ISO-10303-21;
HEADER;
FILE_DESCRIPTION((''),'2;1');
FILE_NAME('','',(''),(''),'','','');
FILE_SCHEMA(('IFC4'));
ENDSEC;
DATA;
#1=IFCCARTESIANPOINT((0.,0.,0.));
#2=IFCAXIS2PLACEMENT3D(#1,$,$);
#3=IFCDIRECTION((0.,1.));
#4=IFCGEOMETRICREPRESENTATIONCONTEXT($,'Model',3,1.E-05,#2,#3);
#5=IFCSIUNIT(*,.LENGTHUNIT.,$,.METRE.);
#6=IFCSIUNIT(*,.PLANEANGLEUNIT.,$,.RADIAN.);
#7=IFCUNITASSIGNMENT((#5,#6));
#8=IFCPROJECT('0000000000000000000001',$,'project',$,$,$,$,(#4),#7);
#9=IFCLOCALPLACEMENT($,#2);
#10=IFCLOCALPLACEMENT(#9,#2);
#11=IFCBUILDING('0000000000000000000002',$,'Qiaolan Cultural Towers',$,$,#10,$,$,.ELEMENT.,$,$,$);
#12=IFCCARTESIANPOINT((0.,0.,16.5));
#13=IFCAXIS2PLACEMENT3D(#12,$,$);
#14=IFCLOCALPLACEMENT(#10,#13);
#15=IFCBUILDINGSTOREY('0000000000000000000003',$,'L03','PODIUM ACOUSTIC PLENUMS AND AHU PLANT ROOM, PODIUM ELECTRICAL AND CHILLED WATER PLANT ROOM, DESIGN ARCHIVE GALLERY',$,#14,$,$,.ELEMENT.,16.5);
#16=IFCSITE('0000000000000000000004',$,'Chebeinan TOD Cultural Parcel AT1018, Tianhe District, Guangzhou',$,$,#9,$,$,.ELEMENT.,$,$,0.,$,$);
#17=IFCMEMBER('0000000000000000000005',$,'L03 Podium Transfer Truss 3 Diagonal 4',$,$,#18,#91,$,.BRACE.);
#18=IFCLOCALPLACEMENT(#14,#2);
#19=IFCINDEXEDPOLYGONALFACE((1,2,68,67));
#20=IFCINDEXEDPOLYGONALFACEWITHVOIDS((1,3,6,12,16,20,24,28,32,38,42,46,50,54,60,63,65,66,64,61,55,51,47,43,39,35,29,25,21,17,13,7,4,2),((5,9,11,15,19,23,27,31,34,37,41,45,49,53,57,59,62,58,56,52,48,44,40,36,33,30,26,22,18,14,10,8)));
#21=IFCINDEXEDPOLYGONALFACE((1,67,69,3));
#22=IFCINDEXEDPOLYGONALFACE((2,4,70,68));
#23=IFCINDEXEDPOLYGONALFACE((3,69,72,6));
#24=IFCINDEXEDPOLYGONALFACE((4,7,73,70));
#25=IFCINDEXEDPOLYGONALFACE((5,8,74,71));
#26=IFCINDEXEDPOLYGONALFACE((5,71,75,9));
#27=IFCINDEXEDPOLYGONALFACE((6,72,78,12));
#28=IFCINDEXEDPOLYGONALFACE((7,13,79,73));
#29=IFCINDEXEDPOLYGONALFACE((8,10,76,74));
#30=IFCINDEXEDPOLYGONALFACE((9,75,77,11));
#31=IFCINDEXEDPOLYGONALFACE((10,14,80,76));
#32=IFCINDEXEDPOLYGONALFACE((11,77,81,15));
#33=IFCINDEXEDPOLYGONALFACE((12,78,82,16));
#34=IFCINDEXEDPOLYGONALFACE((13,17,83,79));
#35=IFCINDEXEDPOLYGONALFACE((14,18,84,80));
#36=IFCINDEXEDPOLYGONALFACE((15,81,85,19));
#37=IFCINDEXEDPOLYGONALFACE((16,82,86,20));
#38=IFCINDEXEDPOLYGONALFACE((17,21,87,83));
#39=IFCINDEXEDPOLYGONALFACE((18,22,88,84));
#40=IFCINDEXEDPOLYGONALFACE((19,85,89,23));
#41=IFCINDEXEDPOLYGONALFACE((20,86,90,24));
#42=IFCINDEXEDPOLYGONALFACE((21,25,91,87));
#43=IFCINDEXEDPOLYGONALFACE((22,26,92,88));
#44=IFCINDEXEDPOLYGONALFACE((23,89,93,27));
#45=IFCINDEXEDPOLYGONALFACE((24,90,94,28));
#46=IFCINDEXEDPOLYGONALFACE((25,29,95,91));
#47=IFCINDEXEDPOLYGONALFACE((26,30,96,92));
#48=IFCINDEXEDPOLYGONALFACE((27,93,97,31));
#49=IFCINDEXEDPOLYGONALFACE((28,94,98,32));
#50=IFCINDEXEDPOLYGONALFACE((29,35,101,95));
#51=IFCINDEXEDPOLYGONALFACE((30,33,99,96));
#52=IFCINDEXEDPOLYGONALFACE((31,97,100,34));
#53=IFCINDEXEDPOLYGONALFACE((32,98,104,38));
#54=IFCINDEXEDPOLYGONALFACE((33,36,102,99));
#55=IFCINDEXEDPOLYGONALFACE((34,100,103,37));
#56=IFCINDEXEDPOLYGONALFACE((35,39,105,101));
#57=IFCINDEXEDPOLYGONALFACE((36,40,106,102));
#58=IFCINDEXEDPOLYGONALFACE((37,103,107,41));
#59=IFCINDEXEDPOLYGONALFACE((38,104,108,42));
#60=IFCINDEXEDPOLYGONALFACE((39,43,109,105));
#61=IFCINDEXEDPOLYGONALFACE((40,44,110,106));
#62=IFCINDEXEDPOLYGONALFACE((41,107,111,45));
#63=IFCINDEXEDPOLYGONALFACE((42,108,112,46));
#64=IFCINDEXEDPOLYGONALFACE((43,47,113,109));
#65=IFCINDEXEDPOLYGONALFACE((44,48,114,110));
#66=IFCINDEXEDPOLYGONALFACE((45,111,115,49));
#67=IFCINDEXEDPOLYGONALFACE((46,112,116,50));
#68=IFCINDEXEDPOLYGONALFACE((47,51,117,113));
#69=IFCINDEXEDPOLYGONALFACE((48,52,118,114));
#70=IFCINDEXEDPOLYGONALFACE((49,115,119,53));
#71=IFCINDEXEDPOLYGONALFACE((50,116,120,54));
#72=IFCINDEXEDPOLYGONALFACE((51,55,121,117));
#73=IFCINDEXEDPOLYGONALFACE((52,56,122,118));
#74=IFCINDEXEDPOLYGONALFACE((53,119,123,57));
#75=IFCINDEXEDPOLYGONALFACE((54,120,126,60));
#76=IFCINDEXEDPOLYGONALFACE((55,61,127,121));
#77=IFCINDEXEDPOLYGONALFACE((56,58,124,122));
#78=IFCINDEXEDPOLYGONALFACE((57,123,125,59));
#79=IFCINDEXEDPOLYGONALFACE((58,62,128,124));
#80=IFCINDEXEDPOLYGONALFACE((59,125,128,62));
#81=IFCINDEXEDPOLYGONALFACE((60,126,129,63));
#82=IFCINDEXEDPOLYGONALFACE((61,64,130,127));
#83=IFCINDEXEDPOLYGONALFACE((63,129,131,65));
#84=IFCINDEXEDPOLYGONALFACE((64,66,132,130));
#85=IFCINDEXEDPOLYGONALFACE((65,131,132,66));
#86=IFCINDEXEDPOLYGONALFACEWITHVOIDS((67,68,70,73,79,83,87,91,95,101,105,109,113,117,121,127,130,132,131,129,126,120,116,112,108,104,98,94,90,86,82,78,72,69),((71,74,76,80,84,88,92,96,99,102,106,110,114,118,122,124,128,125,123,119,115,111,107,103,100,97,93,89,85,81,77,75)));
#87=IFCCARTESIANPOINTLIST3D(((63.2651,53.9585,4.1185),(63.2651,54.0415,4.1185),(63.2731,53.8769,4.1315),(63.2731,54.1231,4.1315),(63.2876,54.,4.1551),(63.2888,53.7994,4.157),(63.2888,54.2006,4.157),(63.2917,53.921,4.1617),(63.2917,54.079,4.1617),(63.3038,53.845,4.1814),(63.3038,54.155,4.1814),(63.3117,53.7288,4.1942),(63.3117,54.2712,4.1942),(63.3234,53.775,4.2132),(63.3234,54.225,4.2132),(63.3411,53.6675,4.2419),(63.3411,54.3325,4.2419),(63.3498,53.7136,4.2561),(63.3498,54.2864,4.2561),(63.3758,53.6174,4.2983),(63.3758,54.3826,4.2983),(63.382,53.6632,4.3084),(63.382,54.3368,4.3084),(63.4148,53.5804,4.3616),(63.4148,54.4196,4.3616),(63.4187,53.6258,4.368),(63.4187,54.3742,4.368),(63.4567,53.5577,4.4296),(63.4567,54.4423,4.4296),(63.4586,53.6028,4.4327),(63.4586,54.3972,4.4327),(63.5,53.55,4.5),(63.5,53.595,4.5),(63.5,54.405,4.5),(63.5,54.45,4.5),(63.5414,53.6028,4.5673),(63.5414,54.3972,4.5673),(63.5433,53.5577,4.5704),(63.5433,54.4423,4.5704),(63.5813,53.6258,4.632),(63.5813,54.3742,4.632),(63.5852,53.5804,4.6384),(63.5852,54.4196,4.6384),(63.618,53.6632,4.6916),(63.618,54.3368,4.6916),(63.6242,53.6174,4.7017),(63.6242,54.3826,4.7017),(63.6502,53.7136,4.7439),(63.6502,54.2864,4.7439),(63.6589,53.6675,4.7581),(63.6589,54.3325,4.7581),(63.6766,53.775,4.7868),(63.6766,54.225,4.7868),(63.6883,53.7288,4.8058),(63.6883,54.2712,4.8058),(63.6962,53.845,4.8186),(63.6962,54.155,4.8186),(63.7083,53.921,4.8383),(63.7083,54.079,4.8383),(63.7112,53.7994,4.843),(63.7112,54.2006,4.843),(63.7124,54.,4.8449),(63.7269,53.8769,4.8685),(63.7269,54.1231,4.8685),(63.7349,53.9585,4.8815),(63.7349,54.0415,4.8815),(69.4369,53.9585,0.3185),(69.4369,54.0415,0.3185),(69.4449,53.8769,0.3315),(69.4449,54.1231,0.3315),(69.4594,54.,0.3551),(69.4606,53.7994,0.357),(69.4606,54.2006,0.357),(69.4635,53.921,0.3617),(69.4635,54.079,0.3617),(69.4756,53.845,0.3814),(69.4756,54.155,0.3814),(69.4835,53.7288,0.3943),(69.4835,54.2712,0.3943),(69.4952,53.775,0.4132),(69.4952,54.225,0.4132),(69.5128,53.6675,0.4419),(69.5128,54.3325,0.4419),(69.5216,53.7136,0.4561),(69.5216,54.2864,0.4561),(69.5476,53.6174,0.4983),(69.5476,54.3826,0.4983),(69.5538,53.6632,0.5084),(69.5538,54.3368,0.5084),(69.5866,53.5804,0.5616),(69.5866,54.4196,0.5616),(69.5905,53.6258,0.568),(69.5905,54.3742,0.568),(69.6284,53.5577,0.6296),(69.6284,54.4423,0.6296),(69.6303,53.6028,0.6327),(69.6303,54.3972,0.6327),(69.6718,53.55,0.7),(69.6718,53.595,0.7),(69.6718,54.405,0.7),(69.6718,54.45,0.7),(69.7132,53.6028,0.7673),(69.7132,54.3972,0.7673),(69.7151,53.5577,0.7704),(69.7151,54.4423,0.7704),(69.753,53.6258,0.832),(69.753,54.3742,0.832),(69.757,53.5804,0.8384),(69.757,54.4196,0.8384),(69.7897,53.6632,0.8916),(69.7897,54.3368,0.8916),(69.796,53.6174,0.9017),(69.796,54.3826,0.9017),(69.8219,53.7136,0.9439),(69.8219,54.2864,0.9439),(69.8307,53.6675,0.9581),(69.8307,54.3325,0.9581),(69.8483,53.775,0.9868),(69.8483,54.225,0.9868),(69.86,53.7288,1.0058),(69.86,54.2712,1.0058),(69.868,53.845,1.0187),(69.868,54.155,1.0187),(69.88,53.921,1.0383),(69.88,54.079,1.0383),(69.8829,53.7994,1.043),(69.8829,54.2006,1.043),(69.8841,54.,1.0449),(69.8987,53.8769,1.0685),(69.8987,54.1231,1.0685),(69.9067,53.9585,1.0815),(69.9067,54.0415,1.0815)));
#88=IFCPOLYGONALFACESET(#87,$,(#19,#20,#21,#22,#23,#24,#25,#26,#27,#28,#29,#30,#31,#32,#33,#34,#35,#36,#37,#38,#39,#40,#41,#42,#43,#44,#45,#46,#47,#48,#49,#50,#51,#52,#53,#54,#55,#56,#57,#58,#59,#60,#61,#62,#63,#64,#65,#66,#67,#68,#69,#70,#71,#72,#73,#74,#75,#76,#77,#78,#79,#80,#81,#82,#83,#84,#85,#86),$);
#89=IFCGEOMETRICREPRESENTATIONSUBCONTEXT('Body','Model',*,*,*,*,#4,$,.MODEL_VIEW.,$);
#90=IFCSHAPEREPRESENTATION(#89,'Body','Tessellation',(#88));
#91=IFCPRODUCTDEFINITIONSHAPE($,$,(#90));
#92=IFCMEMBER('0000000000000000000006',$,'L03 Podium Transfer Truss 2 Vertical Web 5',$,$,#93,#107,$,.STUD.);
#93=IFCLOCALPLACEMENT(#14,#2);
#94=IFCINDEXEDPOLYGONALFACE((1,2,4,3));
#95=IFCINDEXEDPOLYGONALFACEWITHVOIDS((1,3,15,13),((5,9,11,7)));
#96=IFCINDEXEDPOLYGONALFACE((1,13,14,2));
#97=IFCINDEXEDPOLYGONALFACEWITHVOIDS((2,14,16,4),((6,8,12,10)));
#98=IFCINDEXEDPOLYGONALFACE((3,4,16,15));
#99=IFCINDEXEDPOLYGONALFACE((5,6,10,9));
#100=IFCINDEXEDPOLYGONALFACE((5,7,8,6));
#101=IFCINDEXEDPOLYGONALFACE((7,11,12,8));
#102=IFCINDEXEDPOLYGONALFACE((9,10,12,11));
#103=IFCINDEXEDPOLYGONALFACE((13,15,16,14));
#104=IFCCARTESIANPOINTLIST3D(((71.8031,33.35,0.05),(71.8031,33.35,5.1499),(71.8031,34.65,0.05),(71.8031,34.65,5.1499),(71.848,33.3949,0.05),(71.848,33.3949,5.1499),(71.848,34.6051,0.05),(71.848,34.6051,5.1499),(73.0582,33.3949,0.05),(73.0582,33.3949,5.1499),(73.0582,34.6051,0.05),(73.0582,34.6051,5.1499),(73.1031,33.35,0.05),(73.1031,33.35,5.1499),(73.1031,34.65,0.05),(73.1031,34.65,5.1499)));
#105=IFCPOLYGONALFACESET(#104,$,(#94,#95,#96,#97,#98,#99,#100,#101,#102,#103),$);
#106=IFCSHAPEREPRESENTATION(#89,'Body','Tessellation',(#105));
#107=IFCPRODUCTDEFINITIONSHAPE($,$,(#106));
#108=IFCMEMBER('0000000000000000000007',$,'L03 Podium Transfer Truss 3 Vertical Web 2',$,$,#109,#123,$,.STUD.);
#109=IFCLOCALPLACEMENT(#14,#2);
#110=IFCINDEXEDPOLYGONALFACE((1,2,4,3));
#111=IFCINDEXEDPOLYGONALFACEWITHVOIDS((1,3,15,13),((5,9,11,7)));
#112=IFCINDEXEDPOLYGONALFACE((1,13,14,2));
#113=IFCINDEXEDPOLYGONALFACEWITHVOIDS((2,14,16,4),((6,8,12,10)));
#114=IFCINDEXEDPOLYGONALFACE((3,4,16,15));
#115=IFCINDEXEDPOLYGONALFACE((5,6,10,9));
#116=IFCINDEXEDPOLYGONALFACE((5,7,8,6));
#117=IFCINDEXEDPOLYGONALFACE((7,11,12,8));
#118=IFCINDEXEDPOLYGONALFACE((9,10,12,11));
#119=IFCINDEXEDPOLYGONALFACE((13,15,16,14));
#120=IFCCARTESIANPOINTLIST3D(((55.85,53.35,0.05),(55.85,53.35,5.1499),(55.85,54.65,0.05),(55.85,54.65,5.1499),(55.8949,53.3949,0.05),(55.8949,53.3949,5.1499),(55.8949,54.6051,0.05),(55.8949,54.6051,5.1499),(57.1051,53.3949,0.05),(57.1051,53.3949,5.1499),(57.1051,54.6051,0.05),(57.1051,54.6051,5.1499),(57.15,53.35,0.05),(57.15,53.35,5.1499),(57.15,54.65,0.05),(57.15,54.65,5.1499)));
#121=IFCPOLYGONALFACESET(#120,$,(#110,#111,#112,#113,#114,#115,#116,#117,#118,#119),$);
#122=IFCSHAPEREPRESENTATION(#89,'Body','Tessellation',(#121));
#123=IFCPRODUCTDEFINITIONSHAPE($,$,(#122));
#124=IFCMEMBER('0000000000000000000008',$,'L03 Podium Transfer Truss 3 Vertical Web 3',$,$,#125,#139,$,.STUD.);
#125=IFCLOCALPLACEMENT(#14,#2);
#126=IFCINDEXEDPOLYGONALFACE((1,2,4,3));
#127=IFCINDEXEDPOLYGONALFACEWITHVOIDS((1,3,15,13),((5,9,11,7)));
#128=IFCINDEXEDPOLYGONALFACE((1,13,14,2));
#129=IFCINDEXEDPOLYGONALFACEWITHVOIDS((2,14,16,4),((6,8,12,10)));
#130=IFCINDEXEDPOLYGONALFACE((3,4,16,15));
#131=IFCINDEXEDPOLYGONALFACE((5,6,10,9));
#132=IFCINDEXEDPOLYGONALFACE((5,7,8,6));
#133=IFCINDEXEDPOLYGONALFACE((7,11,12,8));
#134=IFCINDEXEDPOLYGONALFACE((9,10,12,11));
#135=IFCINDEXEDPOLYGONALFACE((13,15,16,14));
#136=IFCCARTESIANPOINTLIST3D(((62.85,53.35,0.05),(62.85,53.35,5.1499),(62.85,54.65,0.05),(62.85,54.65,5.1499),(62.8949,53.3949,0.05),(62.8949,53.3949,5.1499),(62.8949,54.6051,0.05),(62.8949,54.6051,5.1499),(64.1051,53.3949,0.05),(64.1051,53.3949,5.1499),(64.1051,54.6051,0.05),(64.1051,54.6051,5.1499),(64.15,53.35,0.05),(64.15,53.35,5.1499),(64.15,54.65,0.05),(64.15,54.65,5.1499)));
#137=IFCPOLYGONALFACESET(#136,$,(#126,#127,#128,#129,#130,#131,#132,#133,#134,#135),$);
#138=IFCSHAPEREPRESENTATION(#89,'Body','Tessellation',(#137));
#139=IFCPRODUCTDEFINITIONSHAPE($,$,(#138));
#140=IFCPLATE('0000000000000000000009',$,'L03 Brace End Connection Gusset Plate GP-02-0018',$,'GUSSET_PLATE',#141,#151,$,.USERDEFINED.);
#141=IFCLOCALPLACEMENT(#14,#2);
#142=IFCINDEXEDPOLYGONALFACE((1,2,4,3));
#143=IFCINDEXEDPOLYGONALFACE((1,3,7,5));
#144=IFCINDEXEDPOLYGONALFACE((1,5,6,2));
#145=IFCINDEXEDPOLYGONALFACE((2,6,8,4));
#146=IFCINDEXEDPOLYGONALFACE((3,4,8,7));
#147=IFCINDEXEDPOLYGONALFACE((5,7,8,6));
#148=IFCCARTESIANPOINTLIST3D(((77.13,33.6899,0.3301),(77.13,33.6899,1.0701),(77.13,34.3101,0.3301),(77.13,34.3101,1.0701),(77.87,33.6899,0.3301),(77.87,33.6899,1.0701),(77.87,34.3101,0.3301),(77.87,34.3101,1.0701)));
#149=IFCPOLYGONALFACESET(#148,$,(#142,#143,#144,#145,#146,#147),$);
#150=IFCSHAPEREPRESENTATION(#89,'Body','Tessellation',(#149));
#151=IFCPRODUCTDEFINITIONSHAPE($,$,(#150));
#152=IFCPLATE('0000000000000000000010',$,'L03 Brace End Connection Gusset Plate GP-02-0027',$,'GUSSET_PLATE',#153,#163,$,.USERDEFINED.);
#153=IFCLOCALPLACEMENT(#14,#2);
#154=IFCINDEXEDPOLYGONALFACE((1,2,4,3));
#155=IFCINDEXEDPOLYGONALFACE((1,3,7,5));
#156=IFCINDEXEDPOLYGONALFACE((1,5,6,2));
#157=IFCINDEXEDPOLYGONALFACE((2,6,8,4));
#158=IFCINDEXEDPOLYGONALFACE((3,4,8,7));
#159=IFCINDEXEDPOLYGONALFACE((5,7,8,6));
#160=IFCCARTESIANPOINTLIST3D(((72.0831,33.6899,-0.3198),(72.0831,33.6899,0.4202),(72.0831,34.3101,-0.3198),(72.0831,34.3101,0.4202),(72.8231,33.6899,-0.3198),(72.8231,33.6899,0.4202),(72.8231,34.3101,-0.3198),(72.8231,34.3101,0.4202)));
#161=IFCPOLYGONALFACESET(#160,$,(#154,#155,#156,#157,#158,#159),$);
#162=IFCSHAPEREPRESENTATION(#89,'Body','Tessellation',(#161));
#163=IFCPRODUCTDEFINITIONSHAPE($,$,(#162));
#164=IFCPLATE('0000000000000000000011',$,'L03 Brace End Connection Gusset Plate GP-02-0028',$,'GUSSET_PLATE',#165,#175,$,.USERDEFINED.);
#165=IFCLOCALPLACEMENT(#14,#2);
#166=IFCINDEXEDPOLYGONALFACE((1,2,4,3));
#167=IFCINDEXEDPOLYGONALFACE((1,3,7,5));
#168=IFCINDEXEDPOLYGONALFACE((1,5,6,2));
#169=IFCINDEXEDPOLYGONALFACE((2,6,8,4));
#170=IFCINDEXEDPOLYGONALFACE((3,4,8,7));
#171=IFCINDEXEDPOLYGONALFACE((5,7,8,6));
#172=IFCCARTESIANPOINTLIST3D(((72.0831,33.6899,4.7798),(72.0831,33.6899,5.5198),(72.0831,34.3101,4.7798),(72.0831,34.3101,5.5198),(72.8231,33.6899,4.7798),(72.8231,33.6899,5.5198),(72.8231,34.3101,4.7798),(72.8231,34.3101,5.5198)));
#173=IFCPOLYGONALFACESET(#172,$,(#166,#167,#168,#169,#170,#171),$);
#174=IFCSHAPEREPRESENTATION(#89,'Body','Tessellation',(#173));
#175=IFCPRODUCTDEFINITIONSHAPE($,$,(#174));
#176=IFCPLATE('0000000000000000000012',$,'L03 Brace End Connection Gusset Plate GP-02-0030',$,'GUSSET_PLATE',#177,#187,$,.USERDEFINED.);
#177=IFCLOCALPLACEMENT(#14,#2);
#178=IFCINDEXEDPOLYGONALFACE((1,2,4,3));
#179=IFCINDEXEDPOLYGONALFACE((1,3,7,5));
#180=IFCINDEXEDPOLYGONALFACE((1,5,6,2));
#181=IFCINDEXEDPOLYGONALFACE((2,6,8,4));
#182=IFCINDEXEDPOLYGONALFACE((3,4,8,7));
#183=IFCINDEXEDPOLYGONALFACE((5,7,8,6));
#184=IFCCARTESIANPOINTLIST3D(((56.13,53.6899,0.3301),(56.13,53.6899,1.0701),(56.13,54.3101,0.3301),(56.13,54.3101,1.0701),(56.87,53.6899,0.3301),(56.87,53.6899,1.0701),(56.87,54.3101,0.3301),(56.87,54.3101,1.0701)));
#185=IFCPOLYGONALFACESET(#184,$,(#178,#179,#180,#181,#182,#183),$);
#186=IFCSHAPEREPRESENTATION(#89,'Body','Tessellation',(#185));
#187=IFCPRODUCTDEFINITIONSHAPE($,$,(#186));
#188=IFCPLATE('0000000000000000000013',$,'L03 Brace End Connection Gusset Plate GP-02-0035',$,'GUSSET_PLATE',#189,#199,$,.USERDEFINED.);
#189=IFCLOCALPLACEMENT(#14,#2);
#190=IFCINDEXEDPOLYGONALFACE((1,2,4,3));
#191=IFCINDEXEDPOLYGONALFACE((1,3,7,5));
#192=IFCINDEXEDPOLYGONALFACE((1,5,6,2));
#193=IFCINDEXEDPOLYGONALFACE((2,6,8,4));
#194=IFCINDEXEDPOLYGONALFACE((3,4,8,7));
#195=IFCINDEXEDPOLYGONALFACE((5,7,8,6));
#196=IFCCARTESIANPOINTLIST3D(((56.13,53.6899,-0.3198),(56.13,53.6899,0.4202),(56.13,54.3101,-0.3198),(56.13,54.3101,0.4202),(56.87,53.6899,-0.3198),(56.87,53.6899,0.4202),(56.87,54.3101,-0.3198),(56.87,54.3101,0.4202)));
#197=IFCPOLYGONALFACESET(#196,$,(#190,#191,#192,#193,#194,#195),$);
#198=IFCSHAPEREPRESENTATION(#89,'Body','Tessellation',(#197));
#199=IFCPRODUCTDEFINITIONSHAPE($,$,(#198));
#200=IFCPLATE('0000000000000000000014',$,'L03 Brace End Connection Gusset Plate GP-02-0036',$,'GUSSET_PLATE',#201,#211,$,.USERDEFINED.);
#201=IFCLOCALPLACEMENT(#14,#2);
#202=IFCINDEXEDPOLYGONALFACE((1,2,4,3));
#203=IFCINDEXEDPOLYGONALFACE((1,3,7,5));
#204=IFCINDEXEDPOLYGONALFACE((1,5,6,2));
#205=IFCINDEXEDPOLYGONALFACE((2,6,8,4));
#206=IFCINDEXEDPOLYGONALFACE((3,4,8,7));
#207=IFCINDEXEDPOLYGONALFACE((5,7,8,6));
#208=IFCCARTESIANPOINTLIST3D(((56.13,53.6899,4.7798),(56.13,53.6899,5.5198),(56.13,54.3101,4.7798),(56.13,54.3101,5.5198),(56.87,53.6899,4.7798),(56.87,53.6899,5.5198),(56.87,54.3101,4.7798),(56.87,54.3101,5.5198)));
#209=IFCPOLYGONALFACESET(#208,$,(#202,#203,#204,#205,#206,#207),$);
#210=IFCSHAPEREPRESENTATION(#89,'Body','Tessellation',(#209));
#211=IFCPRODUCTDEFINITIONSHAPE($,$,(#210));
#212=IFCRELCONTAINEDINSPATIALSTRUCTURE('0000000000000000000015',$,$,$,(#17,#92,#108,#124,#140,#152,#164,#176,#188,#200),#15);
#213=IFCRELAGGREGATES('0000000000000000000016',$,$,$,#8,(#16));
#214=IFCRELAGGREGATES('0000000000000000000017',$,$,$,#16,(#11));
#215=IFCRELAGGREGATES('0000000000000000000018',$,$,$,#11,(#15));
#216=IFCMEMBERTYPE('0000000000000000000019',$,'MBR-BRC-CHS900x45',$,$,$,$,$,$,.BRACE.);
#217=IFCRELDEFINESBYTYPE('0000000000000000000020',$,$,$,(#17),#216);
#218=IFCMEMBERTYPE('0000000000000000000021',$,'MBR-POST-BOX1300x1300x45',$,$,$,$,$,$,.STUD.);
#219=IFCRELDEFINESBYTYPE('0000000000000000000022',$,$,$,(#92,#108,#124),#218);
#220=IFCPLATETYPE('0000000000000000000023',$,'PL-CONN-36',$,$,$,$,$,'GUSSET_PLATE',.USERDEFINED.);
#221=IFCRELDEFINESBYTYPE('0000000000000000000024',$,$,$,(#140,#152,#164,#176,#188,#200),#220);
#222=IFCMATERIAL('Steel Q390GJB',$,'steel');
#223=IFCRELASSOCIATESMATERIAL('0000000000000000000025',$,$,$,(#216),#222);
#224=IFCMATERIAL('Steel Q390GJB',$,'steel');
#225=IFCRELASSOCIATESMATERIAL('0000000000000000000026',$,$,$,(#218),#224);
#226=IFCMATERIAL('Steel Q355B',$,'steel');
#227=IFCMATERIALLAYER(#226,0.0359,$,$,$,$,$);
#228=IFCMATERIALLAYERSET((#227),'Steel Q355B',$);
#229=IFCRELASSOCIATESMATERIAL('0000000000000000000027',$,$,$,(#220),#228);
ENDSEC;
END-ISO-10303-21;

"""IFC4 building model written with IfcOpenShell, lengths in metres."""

from ifc_helpers import new_model, si_unit, direction, frame, origin, origin_2d, place, context, subcontext, project, spatial, rectangle, hollow_rectangle, hollow_circle, extrude, material, layer, layer_set, material_profile, profile_set, type_object, element, save


model = new_model("IFC4")

# Units and contexts
model_context = context("Model", 3, precision=1e-05, world=origin(), true_north=direction((0.0, 1.0)))
body_context = subcontext(model_context, "Body", "Model", "MODEL_VIEW")
ifc_project = project(units=[si_unit("LENGTHUNIT", "METRE"), si_unit("PLANEANGLEUNIT", "RADIAN")], contexts=[model_context])

# Site, building, storey
site_placement = place(None, origin())
site = spatial("IfcSite", under=ifc_project, at=site_placement, Name="Chebeinan TOD Cultural Parcel AT1018, Tianhe District, Guangzhou", CompositionType="ELEMENT", RefElevation=0.0)
building_placement = place(site_placement, origin())
building = spatial("IfcBuilding", under=site, at=building_placement, Name="Qiaolan Cultural Towers", CompositionType="ELEMENT")
storey_placement = place(building_placement, frame((0.0, 0.0, 16.5)))
storey = spatial("IfcBuildingStorey", under=building, at=storey_placement, Name="L03", Description="PODIUM ACOUSTIC PLENUMS AND AHU PLANT ROOM, PODIUM ELECTRICAL AND CHILLED WATER PLANT ROOM, DESIGN ARCHIVE GALLERY", CompositionType="ELEMENT", Elevation=16.5)

# Members
ifc_material_1 = material(Name="Steel Q390GJB", Category="steel")
ifc_material_profile_1 = material_profile(ifc_material_1, hollow_circle(Radius=0.45, WallThickness=0.0449, at=origin_2d()), Name="CHS900x45")
ifc_profile_set_1 = profile_set([ifc_material_profile_1], Name="Steel Q390GJB")
member_type_1 = type_object("IfcMemberType", Name="MBR-BRC-CHS900x45", PredefinedType="BRACE", material=ifc_profile_set_1)
member_1_placement = place(storey_placement, frame((63.5, 54.0, 4.5), z_axis=(0.851537, 0.0, -0.524295), x_axis=(0.0, 1.0, 0.0)))
element("IfcMember", 1, at=member_1_placement, inside=storey, type_object=member_type_1, Name="L03 Podium Transfer Truss 3 Diagonal 4", PredefinedType="BRACE", context=body_context, shape_type="SweptSolid", body=[
    extrude(hollow_circle(Radius=0.45, WallThickness=0.0449, at=origin_2d()), origin(), (0.0, 0.0, 1.0), 7.2478),
])
ifc_material_2 = material(Name="Steel Q390GJB", Category="steel")
ifc_material_profile_2 = material_profile(ifc_material_2, hollow_rectangle(XDim=1.3, YDim=1.3, WallThickness=0.0449, at=origin_2d()), Name="BOX1300x1300x45")
ifc_profile_set_2 = profile_set([ifc_material_profile_2], Name="Steel Q390GJB")
member_type_2 = type_object("IfcMemberType", Name="MBR-POST-BOX1300x1300x45", PredefinedType="STUD", material=ifc_profile_set_2)
for number, where, z_axis, x_axis, name in (
    (2, (72.4531, 34.0, 0.05), (0.0, 0.0, 1.0), (1.0, 0.0, 0.0), "L03 Podium Transfer Truss 2 Vertical Web 5"),
    (3, (56.5, 54.0, 0.05), (0.0, 0.0, 1.0), (1.0, 0.0, 0.0), "L03 Podium Transfer Truss 3 Vertical Web 2"),
    (4, (63.5, 54.0, 0.05), (0.0, 0.0, 1.0), (1.0, 0.0, 0.0), "L03 Podium Transfer Truss 3 Vertical Web 3"),
):
    element("IfcMember", number, at=place(storey_placement, frame(where, z_axis=z_axis, x_axis=x_axis)), inside=storey, type_object=member_type_2, Name=name, PredefinedType="STUD", context=body_context, shape_type="SweptSolid", body=[
        extrude(hollow_rectangle(XDim=1.3, YDim=1.3, WallThickness=0.0449, at=origin_2d()), origin(), (0.0, 0.0, 1.0), 5.0999),
    ])

# Plates
ifc_material_3 = material(Name="Steel Q355B", Category="steel")
ifc_layer_1 = layer(ifc_material_3, 0.0359)
ifc_layer_set_1 = layer_set([ifc_layer_1], Name="Steel Q355B")
plate_type_1 = type_object("IfcPlateType", Name="PL-CONN-36", ElementType="GUSSET_PLATE", PredefinedType="USERDEFINED", material=ifc_layer_set_1)
for number, where, z_axis, x_axis, name in (
    (5, (77.5, 34.0, 0.3301), (0.0, 0.0, 1.0), (1.0, 0.0, 0.0), "L03 Brace End Connection Gusset Plate GP-02-0018"),
    (6, (72.4531, 34.0, -0.3198), (0.0, 0.0, 1.0), (1.0, 0.0, 0.0), "L03 Brace End Connection Gusset Plate GP-02-0027"),
    (7, (72.4531, 34.0, 4.7798), (0.0, 0.0, 1.0), (1.0, 0.0, 0.0), "L03 Brace End Connection Gusset Plate GP-02-0028"),
    (8, (56.5, 54.0, 0.3301), (0.0, 0.0, 1.0), (1.0, 0.0, 0.0), "L03 Brace End Connection Gusset Plate GP-02-0030"),
    (9, (56.5, 54.0, -0.3198), (0.0, 0.0, 1.0), (1.0, 0.0, 0.0), "L03 Brace End Connection Gusset Plate GP-02-0035"),
    (10, (56.5, 54.0, 4.7798), (0.0, 0.0, 1.0), (1.0, 0.0, 0.0), "L03 Brace End Connection Gusset Plate GP-02-0036"),
):
    element("IfcPlate", number, at=place(storey_placement, frame(where, z_axis=z_axis, x_axis=x_axis)), inside=storey, type_object=plate_type_1, Name=name, ObjectType="GUSSET_PLATE", PredefinedType="USERDEFINED", context=body_context, shape_type="SweptSolid", body=[
        extrude(rectangle(XDim=0.74, YDim=0.6201, at=origin_2d()), origin(), (0.0, 0.0, 1.0), 0.74),
    ])

save(model, "model.ifc")
